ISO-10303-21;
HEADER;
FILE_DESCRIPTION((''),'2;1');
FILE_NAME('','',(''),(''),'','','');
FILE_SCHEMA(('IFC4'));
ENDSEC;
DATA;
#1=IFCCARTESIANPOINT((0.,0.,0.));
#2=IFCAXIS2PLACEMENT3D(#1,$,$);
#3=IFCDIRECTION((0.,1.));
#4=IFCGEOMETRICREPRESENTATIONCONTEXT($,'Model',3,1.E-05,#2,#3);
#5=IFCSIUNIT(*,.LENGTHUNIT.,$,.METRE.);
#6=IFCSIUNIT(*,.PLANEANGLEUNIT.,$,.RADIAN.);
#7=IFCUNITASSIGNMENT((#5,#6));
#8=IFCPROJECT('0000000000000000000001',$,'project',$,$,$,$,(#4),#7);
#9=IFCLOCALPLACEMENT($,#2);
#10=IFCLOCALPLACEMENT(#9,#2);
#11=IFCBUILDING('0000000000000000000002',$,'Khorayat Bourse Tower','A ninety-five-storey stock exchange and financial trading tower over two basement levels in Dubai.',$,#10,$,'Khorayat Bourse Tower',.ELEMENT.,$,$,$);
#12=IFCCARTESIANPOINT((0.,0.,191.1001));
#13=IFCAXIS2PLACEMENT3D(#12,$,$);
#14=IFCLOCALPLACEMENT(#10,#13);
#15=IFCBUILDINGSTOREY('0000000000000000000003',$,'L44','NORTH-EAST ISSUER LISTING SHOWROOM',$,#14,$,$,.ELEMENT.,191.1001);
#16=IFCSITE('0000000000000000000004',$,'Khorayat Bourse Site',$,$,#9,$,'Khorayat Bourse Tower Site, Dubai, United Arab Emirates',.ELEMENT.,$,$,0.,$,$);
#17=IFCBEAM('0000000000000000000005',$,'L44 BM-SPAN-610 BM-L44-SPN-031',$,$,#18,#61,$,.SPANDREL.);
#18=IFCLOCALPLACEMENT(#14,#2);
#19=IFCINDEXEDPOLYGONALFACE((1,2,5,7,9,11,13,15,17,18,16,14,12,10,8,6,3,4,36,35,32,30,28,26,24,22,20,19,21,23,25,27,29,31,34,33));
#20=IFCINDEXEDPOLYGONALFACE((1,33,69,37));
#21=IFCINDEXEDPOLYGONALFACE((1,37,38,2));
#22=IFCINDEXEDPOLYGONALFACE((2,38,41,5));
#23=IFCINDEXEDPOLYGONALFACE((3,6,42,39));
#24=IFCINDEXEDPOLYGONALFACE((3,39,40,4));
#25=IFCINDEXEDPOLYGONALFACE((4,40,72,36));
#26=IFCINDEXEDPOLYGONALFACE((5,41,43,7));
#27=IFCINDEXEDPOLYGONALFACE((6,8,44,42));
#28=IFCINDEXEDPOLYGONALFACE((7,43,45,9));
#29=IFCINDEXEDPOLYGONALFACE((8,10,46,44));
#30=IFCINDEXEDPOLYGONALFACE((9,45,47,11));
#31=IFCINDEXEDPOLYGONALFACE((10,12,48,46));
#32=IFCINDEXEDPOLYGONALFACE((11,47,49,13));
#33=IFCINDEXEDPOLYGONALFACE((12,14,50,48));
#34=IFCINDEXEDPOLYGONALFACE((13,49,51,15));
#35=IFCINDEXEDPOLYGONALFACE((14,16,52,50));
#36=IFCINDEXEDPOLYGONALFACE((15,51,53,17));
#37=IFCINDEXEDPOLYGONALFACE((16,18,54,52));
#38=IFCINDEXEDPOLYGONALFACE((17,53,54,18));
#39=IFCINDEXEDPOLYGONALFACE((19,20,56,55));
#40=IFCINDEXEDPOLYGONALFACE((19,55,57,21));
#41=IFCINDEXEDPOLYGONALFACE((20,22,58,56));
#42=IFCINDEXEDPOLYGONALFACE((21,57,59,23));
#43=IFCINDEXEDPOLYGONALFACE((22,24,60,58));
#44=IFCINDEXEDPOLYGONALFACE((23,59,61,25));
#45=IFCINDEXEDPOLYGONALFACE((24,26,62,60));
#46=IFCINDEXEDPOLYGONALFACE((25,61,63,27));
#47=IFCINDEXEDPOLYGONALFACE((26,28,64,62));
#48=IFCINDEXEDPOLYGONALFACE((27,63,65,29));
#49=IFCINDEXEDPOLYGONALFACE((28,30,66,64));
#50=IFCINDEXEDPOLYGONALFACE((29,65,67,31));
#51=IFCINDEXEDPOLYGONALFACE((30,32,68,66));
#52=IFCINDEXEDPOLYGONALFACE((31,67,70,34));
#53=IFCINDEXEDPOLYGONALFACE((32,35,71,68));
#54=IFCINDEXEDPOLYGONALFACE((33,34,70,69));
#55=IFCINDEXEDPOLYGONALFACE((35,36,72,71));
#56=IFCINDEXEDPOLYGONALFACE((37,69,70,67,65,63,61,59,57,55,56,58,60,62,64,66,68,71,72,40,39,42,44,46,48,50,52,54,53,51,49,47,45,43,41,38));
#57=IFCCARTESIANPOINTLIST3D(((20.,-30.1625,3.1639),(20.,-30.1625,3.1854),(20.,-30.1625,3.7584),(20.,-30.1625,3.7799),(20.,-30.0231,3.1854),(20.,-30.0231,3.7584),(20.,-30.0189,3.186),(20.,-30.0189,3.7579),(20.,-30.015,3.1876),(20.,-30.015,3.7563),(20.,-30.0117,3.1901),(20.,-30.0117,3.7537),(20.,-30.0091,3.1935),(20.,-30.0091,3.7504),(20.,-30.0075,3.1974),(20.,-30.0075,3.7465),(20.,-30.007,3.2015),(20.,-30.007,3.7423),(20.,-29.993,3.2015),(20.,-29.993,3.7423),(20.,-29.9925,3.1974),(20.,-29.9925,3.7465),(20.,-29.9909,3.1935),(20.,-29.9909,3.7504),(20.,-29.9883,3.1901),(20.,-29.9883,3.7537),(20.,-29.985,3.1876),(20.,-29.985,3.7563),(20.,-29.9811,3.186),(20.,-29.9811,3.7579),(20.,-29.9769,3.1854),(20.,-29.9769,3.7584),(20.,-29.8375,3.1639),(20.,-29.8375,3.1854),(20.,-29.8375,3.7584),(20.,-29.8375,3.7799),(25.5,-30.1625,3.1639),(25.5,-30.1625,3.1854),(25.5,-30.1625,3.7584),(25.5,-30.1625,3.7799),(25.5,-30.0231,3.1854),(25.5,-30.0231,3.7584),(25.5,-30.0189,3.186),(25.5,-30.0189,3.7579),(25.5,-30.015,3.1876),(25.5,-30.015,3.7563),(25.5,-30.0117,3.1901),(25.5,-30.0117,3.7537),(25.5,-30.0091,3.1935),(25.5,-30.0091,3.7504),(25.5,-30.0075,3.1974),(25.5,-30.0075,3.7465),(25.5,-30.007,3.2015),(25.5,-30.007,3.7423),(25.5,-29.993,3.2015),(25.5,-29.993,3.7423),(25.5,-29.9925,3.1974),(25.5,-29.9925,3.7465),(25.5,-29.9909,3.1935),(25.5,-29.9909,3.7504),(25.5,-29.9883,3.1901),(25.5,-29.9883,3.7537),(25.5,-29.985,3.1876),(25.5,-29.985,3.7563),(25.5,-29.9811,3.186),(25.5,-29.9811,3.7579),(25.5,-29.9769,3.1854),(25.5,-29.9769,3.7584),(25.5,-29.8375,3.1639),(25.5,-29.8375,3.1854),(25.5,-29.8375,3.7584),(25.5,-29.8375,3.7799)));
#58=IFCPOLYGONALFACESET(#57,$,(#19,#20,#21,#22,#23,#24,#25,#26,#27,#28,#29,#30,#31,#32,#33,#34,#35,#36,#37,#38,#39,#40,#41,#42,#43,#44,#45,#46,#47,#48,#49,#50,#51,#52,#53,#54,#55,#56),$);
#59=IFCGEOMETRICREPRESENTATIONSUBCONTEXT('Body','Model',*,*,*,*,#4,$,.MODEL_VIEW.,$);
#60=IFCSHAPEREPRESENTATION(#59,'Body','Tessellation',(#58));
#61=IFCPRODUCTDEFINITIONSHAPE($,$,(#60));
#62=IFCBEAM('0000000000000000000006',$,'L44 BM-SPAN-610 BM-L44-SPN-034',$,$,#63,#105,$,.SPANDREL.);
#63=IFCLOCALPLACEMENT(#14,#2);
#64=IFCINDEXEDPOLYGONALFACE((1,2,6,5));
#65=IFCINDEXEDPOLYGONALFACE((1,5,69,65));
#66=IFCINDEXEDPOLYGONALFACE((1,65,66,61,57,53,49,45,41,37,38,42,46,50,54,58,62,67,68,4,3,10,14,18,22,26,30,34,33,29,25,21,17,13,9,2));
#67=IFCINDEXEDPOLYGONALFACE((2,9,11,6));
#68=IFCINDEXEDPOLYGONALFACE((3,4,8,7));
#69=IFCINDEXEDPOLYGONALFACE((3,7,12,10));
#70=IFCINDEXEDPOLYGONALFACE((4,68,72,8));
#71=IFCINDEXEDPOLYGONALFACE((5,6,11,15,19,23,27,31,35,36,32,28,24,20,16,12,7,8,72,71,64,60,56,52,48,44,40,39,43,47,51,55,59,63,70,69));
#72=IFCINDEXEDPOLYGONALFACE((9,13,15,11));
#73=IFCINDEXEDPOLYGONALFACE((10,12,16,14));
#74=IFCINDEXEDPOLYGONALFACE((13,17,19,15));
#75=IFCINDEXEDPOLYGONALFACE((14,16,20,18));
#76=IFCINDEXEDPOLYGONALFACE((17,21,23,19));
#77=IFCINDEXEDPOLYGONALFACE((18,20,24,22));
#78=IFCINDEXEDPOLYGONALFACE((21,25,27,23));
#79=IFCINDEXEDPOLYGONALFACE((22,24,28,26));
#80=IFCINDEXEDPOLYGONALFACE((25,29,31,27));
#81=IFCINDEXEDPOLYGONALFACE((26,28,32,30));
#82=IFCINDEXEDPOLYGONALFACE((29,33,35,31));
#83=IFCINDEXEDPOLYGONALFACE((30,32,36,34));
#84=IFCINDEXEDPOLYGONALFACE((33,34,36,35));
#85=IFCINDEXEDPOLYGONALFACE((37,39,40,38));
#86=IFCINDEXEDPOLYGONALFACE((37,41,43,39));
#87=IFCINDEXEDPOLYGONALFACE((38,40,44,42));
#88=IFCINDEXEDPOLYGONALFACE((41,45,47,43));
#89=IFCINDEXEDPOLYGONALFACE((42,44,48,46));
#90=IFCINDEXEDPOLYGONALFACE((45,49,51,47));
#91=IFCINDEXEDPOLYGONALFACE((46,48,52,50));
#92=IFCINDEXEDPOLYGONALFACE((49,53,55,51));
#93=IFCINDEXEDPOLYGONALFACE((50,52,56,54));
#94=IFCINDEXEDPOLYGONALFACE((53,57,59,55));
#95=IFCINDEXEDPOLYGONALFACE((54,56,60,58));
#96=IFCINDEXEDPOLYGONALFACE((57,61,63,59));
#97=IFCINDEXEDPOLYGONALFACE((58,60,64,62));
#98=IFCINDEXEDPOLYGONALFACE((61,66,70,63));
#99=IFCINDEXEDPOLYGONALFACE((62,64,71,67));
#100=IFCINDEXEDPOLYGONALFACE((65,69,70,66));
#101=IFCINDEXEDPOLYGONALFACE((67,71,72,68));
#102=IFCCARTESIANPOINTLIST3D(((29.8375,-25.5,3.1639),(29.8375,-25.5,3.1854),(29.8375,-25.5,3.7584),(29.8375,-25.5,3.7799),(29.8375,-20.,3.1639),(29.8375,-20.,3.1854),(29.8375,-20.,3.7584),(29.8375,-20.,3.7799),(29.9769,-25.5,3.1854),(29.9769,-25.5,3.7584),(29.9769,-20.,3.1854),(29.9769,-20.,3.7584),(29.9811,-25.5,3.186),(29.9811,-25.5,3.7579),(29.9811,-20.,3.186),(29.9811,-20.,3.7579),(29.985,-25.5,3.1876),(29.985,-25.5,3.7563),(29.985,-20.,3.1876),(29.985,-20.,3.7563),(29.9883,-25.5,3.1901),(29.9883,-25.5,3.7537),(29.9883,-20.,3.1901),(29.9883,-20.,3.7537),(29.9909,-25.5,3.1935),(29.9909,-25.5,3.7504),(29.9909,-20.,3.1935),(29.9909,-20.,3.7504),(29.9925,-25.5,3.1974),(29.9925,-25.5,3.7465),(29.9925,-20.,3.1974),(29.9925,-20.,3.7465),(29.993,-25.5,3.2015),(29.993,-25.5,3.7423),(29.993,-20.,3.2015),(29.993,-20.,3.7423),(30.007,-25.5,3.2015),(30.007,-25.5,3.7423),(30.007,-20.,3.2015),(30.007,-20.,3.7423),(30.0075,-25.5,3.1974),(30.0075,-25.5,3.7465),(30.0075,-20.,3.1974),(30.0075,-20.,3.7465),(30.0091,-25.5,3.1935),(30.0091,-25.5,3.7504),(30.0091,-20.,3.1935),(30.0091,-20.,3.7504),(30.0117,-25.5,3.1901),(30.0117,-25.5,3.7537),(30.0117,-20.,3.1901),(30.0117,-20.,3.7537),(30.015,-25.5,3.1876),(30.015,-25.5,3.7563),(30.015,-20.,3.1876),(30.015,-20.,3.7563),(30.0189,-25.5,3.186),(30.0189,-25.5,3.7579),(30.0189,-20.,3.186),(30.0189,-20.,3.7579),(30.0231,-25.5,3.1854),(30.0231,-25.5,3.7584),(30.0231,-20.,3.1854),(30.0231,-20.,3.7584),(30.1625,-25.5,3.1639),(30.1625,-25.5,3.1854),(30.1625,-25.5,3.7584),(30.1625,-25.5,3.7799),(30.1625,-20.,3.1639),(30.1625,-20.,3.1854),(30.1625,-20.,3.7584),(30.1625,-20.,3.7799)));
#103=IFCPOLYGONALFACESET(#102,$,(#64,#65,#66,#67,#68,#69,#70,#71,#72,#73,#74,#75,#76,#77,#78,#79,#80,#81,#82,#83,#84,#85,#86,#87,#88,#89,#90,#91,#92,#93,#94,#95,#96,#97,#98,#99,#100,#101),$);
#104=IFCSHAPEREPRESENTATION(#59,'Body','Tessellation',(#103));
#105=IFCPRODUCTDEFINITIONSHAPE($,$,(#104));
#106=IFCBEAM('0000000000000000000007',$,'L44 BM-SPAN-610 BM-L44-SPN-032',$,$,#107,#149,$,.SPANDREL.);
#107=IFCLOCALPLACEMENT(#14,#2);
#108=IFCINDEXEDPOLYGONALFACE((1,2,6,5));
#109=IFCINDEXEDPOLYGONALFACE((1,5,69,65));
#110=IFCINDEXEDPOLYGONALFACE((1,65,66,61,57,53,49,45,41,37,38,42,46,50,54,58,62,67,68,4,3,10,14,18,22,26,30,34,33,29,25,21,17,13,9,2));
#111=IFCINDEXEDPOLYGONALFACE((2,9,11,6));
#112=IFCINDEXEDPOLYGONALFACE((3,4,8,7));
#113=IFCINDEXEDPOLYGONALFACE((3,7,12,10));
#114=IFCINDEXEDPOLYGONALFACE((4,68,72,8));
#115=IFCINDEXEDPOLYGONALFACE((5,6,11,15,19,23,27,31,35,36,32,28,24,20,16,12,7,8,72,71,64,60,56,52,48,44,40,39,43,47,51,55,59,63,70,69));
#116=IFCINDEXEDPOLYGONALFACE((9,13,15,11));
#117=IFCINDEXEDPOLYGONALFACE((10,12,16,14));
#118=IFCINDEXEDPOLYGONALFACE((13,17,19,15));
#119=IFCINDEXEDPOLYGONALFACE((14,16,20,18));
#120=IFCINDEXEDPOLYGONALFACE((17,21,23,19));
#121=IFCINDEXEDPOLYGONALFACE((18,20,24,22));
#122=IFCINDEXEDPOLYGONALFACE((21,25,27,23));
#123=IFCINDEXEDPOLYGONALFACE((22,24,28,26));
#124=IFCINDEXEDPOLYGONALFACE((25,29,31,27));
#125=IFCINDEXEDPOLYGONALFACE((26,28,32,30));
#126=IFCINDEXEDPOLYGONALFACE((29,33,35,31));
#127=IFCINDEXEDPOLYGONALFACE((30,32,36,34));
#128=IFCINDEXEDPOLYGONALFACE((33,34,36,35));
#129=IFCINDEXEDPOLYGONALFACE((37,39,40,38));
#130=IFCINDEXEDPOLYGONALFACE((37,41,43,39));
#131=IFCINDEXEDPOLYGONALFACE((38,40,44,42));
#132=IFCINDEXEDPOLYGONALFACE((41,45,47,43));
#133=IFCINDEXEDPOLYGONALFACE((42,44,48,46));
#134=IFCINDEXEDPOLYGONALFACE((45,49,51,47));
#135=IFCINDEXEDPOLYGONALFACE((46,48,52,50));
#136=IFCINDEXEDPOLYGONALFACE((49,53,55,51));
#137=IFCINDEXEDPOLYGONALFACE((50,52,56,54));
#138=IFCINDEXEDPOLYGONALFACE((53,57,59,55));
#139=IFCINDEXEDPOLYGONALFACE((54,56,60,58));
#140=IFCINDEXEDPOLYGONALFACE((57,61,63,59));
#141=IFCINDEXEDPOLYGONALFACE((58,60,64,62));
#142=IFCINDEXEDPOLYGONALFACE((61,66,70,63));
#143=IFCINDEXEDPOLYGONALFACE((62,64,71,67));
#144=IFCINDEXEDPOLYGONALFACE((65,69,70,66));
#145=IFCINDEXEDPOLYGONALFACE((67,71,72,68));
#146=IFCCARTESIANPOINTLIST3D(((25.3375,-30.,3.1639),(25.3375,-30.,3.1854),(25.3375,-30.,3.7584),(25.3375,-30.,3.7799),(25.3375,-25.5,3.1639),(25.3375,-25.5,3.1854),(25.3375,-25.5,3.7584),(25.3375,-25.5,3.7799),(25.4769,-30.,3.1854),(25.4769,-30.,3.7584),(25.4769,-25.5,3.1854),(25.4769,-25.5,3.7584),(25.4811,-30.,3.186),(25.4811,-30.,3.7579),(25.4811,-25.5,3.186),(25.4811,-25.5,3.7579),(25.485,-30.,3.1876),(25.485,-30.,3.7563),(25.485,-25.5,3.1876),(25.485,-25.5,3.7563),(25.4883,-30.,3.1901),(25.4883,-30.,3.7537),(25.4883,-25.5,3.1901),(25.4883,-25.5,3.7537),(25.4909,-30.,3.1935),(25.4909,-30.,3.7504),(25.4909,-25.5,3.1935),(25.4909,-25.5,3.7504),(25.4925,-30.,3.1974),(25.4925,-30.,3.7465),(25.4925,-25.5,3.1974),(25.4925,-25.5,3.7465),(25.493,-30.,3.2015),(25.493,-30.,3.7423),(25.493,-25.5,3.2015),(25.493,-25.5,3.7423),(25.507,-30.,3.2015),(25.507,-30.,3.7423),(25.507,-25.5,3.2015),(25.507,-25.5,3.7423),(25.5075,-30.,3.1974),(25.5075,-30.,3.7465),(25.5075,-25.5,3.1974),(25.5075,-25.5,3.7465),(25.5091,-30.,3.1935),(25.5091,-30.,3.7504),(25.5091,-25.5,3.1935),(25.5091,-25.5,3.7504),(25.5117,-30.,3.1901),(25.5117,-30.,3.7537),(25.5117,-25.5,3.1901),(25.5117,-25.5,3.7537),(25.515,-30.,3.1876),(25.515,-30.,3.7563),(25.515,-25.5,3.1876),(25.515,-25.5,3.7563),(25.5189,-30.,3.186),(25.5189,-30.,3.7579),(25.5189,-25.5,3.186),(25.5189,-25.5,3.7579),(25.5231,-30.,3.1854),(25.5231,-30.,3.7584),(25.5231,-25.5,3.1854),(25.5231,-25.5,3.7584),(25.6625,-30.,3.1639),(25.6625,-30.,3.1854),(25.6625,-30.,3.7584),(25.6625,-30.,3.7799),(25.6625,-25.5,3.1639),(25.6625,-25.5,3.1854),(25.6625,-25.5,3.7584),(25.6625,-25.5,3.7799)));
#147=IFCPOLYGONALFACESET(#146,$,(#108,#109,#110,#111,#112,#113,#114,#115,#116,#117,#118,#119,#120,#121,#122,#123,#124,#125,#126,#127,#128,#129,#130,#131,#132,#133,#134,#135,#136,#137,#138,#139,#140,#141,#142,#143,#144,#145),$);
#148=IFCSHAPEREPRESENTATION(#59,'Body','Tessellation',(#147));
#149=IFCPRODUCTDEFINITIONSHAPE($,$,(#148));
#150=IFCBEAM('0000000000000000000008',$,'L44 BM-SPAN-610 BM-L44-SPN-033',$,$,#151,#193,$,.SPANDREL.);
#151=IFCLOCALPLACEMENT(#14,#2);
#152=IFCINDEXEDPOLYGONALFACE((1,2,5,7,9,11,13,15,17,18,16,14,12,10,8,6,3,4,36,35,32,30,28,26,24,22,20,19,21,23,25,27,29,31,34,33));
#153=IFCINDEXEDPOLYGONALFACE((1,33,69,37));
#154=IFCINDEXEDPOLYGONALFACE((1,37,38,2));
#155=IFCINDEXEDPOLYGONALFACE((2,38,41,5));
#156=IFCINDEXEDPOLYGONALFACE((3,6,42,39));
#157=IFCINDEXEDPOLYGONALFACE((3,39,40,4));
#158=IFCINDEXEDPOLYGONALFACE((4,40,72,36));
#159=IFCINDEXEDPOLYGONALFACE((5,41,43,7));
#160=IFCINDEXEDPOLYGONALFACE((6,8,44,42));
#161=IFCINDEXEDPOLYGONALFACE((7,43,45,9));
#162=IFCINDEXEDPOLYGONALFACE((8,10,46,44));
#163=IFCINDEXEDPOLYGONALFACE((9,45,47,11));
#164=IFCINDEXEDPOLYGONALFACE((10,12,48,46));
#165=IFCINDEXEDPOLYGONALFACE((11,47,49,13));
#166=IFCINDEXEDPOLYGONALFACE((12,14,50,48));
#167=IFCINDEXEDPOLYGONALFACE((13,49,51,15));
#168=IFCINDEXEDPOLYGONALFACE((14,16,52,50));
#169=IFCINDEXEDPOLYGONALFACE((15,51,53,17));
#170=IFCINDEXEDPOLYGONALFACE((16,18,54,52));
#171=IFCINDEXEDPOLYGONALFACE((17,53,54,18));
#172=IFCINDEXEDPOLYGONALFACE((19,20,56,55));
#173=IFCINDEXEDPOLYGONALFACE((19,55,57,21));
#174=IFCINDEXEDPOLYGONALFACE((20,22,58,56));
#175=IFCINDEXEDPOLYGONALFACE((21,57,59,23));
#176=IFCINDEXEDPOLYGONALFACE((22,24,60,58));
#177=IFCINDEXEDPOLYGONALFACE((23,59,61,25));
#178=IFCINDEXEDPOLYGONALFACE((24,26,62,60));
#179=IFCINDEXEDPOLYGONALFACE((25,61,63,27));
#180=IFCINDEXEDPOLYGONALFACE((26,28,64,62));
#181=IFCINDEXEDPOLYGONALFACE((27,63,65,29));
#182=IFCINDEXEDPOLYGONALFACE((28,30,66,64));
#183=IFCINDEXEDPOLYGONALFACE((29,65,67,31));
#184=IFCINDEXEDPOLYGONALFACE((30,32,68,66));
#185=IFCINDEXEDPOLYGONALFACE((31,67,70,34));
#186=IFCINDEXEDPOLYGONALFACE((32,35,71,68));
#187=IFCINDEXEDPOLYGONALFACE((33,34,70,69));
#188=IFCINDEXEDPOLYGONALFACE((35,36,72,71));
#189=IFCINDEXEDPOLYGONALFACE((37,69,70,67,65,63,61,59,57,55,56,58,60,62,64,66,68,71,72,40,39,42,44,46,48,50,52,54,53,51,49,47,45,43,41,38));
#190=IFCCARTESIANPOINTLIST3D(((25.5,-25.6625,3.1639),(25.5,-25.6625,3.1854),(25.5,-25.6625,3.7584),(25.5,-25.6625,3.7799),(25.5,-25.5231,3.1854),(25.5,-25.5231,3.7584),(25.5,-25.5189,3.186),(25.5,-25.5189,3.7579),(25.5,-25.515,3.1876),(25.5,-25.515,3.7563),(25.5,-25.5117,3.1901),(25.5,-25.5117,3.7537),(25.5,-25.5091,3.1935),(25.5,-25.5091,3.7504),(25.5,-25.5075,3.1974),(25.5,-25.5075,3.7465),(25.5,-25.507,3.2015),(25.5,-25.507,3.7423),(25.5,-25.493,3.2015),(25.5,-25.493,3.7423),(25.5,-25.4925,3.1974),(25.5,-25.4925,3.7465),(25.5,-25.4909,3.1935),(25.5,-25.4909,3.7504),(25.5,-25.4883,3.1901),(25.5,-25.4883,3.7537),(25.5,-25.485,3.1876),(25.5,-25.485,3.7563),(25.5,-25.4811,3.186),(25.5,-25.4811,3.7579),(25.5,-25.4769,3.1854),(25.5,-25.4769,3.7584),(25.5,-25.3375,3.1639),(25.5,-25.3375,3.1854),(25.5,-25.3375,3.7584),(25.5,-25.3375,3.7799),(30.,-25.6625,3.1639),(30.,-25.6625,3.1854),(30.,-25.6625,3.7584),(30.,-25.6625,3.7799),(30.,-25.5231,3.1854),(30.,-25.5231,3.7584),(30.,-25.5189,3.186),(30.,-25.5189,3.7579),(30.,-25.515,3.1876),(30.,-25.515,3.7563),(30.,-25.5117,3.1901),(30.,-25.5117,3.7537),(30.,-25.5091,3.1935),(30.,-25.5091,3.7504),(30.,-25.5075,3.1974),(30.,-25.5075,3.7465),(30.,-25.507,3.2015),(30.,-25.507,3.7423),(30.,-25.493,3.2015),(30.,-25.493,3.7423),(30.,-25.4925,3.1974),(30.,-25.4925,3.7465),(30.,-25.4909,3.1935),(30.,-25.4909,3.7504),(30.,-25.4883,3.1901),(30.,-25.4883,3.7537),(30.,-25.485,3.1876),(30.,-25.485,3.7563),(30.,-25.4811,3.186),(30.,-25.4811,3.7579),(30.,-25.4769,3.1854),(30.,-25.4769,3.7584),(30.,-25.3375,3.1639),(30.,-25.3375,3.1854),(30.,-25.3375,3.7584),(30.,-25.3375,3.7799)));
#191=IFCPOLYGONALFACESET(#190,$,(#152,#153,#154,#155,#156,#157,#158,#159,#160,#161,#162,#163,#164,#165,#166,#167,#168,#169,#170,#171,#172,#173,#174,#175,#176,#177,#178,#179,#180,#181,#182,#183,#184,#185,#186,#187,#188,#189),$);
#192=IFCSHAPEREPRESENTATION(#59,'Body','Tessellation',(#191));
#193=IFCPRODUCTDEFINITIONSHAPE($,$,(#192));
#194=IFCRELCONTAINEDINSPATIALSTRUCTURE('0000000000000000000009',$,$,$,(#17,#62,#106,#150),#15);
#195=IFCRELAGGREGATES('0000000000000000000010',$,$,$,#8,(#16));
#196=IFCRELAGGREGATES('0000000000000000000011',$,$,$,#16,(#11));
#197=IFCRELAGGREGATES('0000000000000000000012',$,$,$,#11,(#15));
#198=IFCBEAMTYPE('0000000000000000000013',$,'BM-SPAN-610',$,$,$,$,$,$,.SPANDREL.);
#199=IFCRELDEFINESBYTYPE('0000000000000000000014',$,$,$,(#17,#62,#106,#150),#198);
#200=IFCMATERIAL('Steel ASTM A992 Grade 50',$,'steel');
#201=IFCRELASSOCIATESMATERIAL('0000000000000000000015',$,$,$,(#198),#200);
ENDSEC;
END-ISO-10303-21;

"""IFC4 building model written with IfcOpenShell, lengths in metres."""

from ifc_helpers import new_model, si_unit, direction, frame, origin, origin_2d, place, context, subcontext, project, spatial, i_section, extrude, source, transform, mapped, material, material_profile, profile_set, type_object, element, save


model = new_model("IFC4")

# Units and contexts
model_context = context("Model", 3, precision=1e-05, world=origin(), true_north=direction((0.0, 1.0)))
body_context = subcontext(model_context, "Body", "Model", "MODEL_VIEW")
ifc_project = project(units=[si_unit("LENGTHUNIT", "METRE"), si_unit("PLANEANGLEUNIT", "RADIAN")], contexts=[model_context])

# Site, building, storey
site_placement = place(None, origin())
site = spatial("IfcSite", under=ifc_project, at=site_placement, Name="Khorayat Bourse Site", LongName="Khorayat Bourse Tower Site, Dubai, United Arab Emirates", CompositionType="ELEMENT", RefElevation=0.0)
building_placement = place(site_placement, origin())
building = spatial("IfcBuilding", under=site, at=building_placement, Name="Khorayat Bourse Tower", Description="A ninety-five-storey stock exchange and financial trading tower over two basement levels in Dubai.", LongName="Khorayat Bourse Tower", CompositionType="ELEMENT")
storey_placement = place(building_placement, frame((0.0, 0.0, 191.1001)))
storey = spatial("IfcBuildingStorey", under=building, at=storey_placement, Name="L44", Description="NORTH-EAST ISSUER LISTING SHOWROOM", CompositionType="ELEMENT", Elevation=191.1001)

# Beams
ifc_material_1 = material(Name="Steel ASTM A992 Grade 50", Category="steel")
ifc_material_profile_1 = material_profile(ifc_material_1, i_section(OverallWidth=0.325, OverallDepth=0.616, WebThickness=0.0139, FlangeThickness=0.0215, FilletRadius=0.0161, at=origin_2d()), Name="W610X174")
ifc_profile_set_1 = profile_set([ifc_material_profile_1], Name="Steel ASTM A992 Grade 50")
beam_type_1 = type_object("IfcBeamType", Name="BM-SPAN-610", PredefinedType="SPANDREL", material=ifc_profile_set_1)
shared_shape_1 = source(origin(), body_context, "Body", "SweptSolid", [
    extrude(i_section(OverallWidth=0.325, OverallDepth=0.616, WebThickness=0.0139, FlangeThickness=0.0215, FilletRadius=0.0161, at=origin_2d()), origin(), (0.0, 0.0, 1.0), 5.5),
])
for number, where, z_axis, x_axis, name in (
    (1, (20.0, -30.0, 3.4719), (1.0, 0.0, 0.0), (0.0, 1.0, 0.0), "L44 BM-SPAN-610 BM-L44-SPN-031"),
    (2, (30.0, -25.5, 3.4719), (0.0, 1.0, 0.0), (-1.0, 0.0, 0.0), "L44 BM-SPAN-610 BM-L44-SPN-034"),
):
    element("IfcBeam", number, at=place(storey_placement, frame(where, z_axis=z_axis, x_axis=x_axis)), inside=storey, type_object=beam_type_1, Name=name, PredefinedType="SPANDREL", context=body_context, shape_type="MappedRepresentation", body=[
        mapped(shared_shape_1, transform((0.0, 0.0, 0.0), scale=1.0)),
    ])
shared_shape_2 = source(origin(), body_context, "Body", "SweptSolid", [
    extrude(i_section(OverallWidth=0.325, OverallDepth=0.616, WebThickness=0.0139, FlangeThickness=0.0215, FilletRadius=0.0161, at=origin_2d()), origin(), (0.0, 0.0, 1.0), 4.5),
])
for number, where, z_axis, x_axis, name in (
    (3, (25.5, -30.0, 3.4719), (0.0, 1.0, 0.0), (-1.0, 0.0, 0.0), "L44 BM-SPAN-610 BM-L44-SPN-032"),
    (4, (25.5, -25.5, 3.4719), (1.0, 0.0, 0.0), (0.0, 1.0, 0.0), "L44 BM-SPAN-610 BM-L44-SPN-033"),
):
    element("IfcBeam", number, at=place(storey_placement, frame(where, z_axis=z_axis, x_axis=x_axis)), inside=storey, type_object=beam_type_1, Name=name, PredefinedType="SPANDREL", context=body_context, shape_type="MappedRepresentation", body=[
        mapped(shared_shape_2, transform((0.0, 0.0, 0.0), scale=1.0)),
    ])

save(model, "model.ifc")
